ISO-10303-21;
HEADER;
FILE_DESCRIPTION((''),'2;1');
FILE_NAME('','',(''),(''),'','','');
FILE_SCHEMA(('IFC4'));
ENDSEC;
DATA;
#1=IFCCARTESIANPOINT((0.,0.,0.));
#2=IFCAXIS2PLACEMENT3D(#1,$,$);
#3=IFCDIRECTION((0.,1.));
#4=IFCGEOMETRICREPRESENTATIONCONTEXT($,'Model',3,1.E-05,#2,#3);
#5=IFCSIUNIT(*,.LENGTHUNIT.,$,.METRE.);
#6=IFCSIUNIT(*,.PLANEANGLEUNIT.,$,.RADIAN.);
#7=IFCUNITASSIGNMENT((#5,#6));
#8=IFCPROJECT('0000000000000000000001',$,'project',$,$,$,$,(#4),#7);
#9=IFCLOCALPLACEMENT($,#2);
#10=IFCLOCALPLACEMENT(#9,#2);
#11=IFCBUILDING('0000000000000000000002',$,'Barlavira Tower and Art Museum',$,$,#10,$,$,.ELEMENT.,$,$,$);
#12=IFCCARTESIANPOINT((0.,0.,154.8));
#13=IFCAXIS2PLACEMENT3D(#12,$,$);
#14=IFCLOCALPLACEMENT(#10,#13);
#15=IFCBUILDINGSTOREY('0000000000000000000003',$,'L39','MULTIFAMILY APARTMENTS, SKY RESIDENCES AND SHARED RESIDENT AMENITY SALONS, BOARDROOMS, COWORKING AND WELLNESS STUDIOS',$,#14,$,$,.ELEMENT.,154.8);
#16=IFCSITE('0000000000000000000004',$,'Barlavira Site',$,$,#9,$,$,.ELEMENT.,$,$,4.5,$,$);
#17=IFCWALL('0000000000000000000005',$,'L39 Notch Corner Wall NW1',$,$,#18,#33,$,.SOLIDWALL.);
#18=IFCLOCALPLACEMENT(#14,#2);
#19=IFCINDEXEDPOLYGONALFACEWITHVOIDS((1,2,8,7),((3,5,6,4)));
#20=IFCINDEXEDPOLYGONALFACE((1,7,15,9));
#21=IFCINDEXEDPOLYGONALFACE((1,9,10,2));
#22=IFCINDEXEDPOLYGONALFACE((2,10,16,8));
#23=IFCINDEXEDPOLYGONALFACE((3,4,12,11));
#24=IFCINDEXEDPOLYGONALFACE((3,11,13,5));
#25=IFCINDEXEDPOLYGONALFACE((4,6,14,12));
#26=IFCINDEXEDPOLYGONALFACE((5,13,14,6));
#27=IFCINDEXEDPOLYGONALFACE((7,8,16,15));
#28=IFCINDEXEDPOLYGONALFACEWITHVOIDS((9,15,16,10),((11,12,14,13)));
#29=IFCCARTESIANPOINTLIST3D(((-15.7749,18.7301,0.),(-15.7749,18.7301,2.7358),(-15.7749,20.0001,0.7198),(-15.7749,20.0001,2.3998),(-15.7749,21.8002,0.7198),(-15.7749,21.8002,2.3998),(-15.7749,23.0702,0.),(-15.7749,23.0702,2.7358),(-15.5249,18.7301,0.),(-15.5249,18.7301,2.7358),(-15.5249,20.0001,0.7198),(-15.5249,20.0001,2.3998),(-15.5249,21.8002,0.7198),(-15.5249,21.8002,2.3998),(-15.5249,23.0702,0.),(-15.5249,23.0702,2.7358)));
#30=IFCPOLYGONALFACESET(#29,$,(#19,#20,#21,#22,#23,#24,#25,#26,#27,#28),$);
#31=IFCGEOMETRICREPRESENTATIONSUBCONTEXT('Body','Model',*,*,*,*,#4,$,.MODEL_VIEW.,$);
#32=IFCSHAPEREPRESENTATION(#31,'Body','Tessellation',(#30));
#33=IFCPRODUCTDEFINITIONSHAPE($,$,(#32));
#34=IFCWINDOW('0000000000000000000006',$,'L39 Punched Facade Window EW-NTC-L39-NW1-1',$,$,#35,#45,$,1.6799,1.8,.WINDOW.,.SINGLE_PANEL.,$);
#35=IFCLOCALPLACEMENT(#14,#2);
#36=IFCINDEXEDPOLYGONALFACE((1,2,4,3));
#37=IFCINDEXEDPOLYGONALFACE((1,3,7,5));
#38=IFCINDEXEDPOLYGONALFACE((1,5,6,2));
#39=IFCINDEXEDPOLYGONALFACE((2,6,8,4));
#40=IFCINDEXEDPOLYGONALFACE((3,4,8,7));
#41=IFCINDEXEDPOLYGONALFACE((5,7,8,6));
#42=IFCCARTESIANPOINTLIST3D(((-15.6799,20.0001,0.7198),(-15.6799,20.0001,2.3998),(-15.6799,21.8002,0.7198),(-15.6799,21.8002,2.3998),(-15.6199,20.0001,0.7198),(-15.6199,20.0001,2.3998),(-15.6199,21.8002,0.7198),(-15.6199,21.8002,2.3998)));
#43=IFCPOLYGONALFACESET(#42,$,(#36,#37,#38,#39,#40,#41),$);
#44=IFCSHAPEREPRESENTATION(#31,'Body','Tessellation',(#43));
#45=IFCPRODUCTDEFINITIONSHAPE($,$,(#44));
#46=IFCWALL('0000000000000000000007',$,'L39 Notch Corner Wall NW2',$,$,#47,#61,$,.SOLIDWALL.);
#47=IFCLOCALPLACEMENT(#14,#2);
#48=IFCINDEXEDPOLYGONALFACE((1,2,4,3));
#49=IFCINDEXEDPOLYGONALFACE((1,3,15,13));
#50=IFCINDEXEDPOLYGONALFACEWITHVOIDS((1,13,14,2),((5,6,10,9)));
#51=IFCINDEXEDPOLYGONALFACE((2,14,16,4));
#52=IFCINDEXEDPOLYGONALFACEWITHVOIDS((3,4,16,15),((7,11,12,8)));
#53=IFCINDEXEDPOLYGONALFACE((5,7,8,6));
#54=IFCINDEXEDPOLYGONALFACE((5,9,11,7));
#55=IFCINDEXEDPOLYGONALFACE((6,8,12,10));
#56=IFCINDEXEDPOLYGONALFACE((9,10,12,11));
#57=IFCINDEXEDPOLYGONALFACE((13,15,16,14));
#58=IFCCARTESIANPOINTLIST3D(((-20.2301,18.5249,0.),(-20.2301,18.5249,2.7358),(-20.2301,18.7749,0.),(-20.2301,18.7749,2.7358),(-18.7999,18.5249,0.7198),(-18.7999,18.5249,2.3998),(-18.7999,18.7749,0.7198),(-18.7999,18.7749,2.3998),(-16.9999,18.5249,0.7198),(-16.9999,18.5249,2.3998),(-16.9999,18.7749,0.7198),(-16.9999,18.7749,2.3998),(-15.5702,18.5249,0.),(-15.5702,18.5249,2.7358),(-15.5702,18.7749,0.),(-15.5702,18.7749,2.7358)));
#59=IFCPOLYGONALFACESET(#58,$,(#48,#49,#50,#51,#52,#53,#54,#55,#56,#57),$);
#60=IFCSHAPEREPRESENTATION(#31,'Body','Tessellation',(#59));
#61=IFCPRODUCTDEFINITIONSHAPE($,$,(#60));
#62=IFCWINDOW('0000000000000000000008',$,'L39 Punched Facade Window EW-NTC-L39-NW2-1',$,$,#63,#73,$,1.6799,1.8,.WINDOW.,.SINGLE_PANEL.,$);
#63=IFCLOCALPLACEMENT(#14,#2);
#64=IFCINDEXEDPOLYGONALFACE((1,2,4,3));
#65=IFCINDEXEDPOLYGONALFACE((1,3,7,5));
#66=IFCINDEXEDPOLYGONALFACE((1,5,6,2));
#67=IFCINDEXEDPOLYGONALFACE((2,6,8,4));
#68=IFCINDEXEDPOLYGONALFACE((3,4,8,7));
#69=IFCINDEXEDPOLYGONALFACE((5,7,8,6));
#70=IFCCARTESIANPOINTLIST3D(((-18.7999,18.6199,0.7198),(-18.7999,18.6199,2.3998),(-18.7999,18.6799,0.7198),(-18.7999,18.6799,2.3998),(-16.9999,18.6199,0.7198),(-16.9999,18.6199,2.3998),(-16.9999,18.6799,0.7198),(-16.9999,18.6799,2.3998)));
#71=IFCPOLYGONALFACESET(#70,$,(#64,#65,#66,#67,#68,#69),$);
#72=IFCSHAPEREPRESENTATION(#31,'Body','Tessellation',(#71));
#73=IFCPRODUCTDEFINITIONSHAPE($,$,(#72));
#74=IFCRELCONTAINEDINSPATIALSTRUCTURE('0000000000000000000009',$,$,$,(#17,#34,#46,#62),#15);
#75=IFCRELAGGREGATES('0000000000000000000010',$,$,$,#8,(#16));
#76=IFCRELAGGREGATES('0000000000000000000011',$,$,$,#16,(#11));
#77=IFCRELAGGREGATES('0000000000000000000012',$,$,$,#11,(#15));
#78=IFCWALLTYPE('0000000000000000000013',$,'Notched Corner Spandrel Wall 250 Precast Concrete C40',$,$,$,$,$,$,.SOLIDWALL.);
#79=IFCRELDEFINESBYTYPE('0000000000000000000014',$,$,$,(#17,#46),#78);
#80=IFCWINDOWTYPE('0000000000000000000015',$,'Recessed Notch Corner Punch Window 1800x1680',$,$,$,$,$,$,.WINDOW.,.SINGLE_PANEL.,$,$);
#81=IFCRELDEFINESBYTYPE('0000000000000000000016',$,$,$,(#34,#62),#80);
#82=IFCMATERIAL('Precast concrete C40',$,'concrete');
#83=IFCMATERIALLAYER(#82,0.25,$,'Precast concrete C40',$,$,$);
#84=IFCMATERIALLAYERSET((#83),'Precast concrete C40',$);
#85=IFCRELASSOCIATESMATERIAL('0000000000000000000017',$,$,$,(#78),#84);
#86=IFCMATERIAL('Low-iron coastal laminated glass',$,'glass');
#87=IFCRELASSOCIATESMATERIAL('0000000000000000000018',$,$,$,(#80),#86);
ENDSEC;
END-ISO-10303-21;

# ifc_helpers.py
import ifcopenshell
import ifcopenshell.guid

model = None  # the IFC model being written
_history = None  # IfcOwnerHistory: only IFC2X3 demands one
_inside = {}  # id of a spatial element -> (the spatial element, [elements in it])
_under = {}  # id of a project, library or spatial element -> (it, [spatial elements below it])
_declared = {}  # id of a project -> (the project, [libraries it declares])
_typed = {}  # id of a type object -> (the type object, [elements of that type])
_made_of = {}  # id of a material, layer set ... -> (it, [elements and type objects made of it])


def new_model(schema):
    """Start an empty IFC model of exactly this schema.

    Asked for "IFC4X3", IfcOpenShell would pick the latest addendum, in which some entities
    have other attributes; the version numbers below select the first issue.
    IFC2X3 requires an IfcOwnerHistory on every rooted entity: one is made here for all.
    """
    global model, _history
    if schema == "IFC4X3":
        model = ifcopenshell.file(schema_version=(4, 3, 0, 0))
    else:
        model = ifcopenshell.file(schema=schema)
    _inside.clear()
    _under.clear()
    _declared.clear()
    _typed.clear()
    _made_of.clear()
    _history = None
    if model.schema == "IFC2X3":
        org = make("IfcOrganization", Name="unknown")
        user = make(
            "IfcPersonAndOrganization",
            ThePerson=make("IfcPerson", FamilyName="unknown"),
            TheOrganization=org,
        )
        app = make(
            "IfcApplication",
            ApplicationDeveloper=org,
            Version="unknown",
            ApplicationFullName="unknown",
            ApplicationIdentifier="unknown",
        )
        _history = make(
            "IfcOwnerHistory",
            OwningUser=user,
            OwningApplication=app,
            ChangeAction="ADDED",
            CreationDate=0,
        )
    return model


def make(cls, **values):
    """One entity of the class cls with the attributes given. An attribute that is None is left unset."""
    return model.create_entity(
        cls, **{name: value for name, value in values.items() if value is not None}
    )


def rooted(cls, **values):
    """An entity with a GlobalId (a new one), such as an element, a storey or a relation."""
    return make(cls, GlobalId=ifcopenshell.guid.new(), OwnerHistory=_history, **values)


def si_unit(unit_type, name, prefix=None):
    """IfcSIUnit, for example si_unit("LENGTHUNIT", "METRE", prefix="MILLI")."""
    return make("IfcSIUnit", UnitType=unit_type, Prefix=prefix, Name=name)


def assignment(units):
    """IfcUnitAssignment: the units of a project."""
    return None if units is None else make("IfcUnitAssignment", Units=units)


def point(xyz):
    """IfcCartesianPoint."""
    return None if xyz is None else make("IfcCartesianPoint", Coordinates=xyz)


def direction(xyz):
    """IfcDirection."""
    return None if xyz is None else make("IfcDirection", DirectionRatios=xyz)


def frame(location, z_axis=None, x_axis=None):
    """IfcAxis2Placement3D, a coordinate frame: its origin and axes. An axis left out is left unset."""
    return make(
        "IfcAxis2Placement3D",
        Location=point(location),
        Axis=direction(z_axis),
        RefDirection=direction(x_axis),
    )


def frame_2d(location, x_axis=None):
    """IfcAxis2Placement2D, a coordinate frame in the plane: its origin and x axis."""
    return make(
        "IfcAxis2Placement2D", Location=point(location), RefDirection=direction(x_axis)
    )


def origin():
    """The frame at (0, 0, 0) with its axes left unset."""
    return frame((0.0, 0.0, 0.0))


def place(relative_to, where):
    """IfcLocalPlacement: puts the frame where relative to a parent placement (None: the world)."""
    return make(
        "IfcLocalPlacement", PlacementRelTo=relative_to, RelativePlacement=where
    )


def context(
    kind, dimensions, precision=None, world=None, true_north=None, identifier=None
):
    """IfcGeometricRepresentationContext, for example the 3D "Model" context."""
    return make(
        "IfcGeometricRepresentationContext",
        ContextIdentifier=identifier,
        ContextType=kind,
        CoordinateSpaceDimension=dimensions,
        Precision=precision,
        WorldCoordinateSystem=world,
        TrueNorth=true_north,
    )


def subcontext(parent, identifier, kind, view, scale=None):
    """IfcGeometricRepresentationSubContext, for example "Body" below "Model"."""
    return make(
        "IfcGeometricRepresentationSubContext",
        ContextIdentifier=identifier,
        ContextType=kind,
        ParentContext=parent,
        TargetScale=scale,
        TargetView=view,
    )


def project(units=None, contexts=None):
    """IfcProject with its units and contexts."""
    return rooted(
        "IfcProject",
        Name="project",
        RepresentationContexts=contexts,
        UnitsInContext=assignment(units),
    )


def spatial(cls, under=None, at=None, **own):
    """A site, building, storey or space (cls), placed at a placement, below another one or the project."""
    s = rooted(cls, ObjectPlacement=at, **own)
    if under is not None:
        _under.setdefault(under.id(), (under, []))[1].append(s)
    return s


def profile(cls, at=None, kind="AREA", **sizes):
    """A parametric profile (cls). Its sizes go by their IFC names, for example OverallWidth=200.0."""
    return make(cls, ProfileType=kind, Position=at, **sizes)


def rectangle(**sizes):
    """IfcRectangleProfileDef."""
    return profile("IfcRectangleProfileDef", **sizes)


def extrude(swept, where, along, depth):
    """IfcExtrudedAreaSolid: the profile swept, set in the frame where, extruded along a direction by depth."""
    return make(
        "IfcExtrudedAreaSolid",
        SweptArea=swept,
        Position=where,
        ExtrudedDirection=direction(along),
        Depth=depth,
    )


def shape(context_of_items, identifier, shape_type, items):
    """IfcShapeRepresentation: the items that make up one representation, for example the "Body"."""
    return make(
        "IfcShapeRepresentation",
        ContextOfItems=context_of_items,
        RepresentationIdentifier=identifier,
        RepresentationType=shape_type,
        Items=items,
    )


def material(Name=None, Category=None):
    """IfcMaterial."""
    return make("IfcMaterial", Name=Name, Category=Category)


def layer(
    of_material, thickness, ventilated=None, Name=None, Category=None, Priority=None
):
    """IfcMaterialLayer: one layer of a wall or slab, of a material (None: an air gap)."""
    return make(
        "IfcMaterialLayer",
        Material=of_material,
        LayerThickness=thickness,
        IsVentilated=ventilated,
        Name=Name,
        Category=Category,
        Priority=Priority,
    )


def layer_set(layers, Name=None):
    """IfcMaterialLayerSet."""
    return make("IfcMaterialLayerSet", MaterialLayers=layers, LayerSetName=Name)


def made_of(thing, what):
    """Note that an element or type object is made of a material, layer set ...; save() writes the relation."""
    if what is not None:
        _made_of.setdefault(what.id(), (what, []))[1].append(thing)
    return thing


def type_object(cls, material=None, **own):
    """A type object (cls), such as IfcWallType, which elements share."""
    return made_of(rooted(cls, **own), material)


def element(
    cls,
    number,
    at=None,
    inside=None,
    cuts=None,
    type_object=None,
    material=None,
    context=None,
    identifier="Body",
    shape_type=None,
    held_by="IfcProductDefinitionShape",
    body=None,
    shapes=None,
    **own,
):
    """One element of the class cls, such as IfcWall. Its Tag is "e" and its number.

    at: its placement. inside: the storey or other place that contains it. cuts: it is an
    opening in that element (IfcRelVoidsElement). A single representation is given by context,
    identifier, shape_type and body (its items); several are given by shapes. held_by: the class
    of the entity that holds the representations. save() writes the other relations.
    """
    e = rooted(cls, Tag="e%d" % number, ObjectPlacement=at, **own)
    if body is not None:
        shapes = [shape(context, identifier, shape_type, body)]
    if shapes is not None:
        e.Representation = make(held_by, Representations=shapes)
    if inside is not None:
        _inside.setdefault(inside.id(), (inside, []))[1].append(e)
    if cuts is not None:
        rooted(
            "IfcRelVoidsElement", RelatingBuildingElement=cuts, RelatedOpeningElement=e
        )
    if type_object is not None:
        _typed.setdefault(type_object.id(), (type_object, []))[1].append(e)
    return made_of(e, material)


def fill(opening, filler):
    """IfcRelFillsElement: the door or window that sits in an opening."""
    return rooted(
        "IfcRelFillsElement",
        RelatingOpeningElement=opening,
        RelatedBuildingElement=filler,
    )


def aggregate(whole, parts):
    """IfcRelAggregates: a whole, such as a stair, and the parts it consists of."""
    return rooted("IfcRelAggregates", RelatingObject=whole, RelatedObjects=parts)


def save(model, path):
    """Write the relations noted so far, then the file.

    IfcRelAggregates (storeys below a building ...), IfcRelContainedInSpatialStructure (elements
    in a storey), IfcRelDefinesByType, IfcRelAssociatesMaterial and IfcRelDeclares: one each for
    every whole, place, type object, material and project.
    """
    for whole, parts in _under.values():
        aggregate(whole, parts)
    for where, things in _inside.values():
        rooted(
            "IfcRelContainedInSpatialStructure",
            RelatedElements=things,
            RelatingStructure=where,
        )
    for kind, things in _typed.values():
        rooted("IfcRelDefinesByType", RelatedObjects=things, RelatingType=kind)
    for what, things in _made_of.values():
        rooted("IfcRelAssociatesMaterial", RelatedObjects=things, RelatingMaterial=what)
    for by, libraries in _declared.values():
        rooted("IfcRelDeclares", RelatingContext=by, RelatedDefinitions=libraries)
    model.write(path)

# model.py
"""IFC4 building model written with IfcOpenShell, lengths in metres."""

from ifc_helpers import new_model, si_unit, direction, frame, frame_2d, origin, place, context, subcontext, project, spatial, rectangle, extrude, material, layer, layer_set, type_object, element, fill, save


model = new_model("IFC4")

# Units and contexts
model_context = context("Model", 3, precision=1e-05, world=origin(), true_north=direction((0.0, 1.0)))
body_context = subcontext(model_context, "Body", "Model", "MODEL_VIEW")
ifc_project = project(units=[si_unit("LENGTHUNIT", "METRE"), si_unit("PLANEANGLEUNIT", "RADIAN")], contexts=[model_context])

# Site, building, storey
site_placement = place(None, origin())
site = spatial("IfcSite", under=ifc_project, at=site_placement, Name="Barlavira Site", CompositionType="ELEMENT", RefElevation=4.5)
building_placement = place(site_placement, origin())
building = spatial("IfcBuilding", under=site, at=building_placement, Name="Barlavira Tower and Art Museum", CompositionType="ELEMENT")
storey_placement = place(building_placement, frame((0.0, 0.0, 154.8)))
storey = spatial("IfcBuildingStorey", under=building, at=storey_placement, Name="L39", Description="MULTIFAMILY APARTMENTS, SKY RESIDENCES AND SHARED RESIDENT AMENITY SALONS, BOARDROOMS, COWORKING AND WELLNESS STUDIOS", CompositionType="ELEMENT", Elevation=154.8)

# Walls, openings, windows
ifc_material_1 = material(Name="Precast concrete C40", Category="concrete")
ifc_layer_1 = layer(ifc_material_1, 0.25, Name="Precast concrete C40")
ifc_layer_set_1 = layer_set([ifc_layer_1], Name="Precast concrete C40")
wall_type_1 = type_object("IfcWallType", Name="Notched Corner Spandrel Wall 250 Precast Concrete C40", PredefinedType="SOLIDWALL", material=ifc_layer_set_1)
ifc_material_2 = material(Name="Low-iron coastal laminated glass", Category="glass")
window_type = type_object("IfcWindowType", Name="Recessed Notch Corner Punch Window 1800x1680", PartitioningType="SINGLE_PANEL", PredefinedType="WINDOW", material=ifc_material_2)
wall_1_placement = place(storey_placement, frame((-15.6499, 23.0701, 0.0), z_axis=(0.0, 0.0, 1.0), x_axis=(0.0, -1.0, 0.0)))
wall_1 = element("IfcWall", 1, at=wall_1_placement, inside=storey, type_object=wall_type_1, Name="L39 Notch Corner Wall NW1", PredefinedType="SOLIDWALL", context=body_context, shape_type="SweptSolid", body=[
    extrude(rectangle(XDim=4.3401, YDim=0.25, at=frame_2d((2.1699, 0.0))), origin(), (0.0, 0.0, 1.0), 2.7358),
])
opening_1_placement = place(wall_1_placement, frame((1.27, 0.0, 0.72)))
opening_1 = element("IfcOpeningElement", 2, at=opening_1_placement, cuts=wall_1, PredefinedType="OPENING", context=body_context, shape_type="SweptSolid", body=[
    extrude(rectangle(XDim=1.8, YDim=1.6799, at=frame_2d((0.8999, 0.8398))), frame((0.0, 0.135, 0.0), z_axis=(0.0, -1.0, 0.0), x_axis=(1.0, 0.0, 0.0)), (0.0, 0.0, 1.0), 0.27),
])
window_1_placement = place(opening_1_placement, origin())
window_1 = element("IfcWindow", 3, at=window_1_placement, inside=storey, type_object=window_type, Name="L39 Punched Facade Window EW-NTC-L39-NW1-1", OverallHeight=1.6799, OverallWidth=1.8, PartitioningType="SINGLE_PANEL", PredefinedType="WINDOW", context=body_context, shape_type="SweptSolid", body=[
    extrude(rectangle(XDim=1.8, YDim=1.6799, at=frame_2d((0.8999, 0.8398))), frame((0.0, 0.03, 0.0), z_axis=(0.0, -1.0, 0.0), x_axis=(1.0, 0.0, 0.0)), (0.0, 0.0, 1.0), 0.0601),
])
fill(opening_1, window_1)
wall_2_placement = place(storey_placement, frame((-15.5701, 18.6499, 0.0), z_axis=(0.0, 0.0, 1.0), x_axis=(-1.0, 0.0, 0.0)))
wall_2 = element("IfcWall", 4, at=wall_2_placement, inside=storey, type_object=wall_type_1, Name="L39 Notch Corner Wall NW2", PredefinedType="SOLIDWALL", context=body_context, shape_type="SweptSolid", body=[
    extrude(rectangle(XDim=4.6599, YDim=0.25, at=frame_2d((2.3301, 0.0))), origin(), (0.0, 0.0, 1.0), 2.7358),
])
opening_2_placement = place(wall_2_placement, frame((1.4299, 0.0, 0.72)))
opening_2 = element("IfcOpeningElement", 5, at=opening_2_placement, cuts=wall_2, PredefinedType="OPENING", context=body_context, shape_type="SweptSolid", body=[
    extrude(rectangle(XDim=1.8, YDim=1.6799, at=frame_2d((0.8999, 0.8398))), frame((0.0, 0.135, 0.0), z_axis=(0.0, -1.0, 0.0), x_axis=(1.0, 0.0, 0.0)), (0.0, 0.0, 1.0), 0.27),
])
window_2_placement = place(opening_2_placement, origin())
window_2 = element("IfcWindow", 6, at=window_2_placement, inside=storey, type_object=window_type, Name="L39 Punched Facade Window EW-NTC-L39-NW2-1", OverallHeight=1.6799, OverallWidth=1.8, PartitioningType="SINGLE_PANEL", PredefinedType="WINDOW", context=body_context, shape_type="SweptSolid", body=[
    extrude(rectangle(XDim=1.8, YDim=1.6799, at=frame_2d((0.8999, 0.8398))), frame((0.0, 0.03, 0.0), z_axis=(0.0, -1.0, 0.0), x_axis=(1.0, 0.0, 0.0)), (0.0, 0.0, 1.0), 0.0601),
])
fill(opening_2, window_2)

save(model, "model.ifc")
